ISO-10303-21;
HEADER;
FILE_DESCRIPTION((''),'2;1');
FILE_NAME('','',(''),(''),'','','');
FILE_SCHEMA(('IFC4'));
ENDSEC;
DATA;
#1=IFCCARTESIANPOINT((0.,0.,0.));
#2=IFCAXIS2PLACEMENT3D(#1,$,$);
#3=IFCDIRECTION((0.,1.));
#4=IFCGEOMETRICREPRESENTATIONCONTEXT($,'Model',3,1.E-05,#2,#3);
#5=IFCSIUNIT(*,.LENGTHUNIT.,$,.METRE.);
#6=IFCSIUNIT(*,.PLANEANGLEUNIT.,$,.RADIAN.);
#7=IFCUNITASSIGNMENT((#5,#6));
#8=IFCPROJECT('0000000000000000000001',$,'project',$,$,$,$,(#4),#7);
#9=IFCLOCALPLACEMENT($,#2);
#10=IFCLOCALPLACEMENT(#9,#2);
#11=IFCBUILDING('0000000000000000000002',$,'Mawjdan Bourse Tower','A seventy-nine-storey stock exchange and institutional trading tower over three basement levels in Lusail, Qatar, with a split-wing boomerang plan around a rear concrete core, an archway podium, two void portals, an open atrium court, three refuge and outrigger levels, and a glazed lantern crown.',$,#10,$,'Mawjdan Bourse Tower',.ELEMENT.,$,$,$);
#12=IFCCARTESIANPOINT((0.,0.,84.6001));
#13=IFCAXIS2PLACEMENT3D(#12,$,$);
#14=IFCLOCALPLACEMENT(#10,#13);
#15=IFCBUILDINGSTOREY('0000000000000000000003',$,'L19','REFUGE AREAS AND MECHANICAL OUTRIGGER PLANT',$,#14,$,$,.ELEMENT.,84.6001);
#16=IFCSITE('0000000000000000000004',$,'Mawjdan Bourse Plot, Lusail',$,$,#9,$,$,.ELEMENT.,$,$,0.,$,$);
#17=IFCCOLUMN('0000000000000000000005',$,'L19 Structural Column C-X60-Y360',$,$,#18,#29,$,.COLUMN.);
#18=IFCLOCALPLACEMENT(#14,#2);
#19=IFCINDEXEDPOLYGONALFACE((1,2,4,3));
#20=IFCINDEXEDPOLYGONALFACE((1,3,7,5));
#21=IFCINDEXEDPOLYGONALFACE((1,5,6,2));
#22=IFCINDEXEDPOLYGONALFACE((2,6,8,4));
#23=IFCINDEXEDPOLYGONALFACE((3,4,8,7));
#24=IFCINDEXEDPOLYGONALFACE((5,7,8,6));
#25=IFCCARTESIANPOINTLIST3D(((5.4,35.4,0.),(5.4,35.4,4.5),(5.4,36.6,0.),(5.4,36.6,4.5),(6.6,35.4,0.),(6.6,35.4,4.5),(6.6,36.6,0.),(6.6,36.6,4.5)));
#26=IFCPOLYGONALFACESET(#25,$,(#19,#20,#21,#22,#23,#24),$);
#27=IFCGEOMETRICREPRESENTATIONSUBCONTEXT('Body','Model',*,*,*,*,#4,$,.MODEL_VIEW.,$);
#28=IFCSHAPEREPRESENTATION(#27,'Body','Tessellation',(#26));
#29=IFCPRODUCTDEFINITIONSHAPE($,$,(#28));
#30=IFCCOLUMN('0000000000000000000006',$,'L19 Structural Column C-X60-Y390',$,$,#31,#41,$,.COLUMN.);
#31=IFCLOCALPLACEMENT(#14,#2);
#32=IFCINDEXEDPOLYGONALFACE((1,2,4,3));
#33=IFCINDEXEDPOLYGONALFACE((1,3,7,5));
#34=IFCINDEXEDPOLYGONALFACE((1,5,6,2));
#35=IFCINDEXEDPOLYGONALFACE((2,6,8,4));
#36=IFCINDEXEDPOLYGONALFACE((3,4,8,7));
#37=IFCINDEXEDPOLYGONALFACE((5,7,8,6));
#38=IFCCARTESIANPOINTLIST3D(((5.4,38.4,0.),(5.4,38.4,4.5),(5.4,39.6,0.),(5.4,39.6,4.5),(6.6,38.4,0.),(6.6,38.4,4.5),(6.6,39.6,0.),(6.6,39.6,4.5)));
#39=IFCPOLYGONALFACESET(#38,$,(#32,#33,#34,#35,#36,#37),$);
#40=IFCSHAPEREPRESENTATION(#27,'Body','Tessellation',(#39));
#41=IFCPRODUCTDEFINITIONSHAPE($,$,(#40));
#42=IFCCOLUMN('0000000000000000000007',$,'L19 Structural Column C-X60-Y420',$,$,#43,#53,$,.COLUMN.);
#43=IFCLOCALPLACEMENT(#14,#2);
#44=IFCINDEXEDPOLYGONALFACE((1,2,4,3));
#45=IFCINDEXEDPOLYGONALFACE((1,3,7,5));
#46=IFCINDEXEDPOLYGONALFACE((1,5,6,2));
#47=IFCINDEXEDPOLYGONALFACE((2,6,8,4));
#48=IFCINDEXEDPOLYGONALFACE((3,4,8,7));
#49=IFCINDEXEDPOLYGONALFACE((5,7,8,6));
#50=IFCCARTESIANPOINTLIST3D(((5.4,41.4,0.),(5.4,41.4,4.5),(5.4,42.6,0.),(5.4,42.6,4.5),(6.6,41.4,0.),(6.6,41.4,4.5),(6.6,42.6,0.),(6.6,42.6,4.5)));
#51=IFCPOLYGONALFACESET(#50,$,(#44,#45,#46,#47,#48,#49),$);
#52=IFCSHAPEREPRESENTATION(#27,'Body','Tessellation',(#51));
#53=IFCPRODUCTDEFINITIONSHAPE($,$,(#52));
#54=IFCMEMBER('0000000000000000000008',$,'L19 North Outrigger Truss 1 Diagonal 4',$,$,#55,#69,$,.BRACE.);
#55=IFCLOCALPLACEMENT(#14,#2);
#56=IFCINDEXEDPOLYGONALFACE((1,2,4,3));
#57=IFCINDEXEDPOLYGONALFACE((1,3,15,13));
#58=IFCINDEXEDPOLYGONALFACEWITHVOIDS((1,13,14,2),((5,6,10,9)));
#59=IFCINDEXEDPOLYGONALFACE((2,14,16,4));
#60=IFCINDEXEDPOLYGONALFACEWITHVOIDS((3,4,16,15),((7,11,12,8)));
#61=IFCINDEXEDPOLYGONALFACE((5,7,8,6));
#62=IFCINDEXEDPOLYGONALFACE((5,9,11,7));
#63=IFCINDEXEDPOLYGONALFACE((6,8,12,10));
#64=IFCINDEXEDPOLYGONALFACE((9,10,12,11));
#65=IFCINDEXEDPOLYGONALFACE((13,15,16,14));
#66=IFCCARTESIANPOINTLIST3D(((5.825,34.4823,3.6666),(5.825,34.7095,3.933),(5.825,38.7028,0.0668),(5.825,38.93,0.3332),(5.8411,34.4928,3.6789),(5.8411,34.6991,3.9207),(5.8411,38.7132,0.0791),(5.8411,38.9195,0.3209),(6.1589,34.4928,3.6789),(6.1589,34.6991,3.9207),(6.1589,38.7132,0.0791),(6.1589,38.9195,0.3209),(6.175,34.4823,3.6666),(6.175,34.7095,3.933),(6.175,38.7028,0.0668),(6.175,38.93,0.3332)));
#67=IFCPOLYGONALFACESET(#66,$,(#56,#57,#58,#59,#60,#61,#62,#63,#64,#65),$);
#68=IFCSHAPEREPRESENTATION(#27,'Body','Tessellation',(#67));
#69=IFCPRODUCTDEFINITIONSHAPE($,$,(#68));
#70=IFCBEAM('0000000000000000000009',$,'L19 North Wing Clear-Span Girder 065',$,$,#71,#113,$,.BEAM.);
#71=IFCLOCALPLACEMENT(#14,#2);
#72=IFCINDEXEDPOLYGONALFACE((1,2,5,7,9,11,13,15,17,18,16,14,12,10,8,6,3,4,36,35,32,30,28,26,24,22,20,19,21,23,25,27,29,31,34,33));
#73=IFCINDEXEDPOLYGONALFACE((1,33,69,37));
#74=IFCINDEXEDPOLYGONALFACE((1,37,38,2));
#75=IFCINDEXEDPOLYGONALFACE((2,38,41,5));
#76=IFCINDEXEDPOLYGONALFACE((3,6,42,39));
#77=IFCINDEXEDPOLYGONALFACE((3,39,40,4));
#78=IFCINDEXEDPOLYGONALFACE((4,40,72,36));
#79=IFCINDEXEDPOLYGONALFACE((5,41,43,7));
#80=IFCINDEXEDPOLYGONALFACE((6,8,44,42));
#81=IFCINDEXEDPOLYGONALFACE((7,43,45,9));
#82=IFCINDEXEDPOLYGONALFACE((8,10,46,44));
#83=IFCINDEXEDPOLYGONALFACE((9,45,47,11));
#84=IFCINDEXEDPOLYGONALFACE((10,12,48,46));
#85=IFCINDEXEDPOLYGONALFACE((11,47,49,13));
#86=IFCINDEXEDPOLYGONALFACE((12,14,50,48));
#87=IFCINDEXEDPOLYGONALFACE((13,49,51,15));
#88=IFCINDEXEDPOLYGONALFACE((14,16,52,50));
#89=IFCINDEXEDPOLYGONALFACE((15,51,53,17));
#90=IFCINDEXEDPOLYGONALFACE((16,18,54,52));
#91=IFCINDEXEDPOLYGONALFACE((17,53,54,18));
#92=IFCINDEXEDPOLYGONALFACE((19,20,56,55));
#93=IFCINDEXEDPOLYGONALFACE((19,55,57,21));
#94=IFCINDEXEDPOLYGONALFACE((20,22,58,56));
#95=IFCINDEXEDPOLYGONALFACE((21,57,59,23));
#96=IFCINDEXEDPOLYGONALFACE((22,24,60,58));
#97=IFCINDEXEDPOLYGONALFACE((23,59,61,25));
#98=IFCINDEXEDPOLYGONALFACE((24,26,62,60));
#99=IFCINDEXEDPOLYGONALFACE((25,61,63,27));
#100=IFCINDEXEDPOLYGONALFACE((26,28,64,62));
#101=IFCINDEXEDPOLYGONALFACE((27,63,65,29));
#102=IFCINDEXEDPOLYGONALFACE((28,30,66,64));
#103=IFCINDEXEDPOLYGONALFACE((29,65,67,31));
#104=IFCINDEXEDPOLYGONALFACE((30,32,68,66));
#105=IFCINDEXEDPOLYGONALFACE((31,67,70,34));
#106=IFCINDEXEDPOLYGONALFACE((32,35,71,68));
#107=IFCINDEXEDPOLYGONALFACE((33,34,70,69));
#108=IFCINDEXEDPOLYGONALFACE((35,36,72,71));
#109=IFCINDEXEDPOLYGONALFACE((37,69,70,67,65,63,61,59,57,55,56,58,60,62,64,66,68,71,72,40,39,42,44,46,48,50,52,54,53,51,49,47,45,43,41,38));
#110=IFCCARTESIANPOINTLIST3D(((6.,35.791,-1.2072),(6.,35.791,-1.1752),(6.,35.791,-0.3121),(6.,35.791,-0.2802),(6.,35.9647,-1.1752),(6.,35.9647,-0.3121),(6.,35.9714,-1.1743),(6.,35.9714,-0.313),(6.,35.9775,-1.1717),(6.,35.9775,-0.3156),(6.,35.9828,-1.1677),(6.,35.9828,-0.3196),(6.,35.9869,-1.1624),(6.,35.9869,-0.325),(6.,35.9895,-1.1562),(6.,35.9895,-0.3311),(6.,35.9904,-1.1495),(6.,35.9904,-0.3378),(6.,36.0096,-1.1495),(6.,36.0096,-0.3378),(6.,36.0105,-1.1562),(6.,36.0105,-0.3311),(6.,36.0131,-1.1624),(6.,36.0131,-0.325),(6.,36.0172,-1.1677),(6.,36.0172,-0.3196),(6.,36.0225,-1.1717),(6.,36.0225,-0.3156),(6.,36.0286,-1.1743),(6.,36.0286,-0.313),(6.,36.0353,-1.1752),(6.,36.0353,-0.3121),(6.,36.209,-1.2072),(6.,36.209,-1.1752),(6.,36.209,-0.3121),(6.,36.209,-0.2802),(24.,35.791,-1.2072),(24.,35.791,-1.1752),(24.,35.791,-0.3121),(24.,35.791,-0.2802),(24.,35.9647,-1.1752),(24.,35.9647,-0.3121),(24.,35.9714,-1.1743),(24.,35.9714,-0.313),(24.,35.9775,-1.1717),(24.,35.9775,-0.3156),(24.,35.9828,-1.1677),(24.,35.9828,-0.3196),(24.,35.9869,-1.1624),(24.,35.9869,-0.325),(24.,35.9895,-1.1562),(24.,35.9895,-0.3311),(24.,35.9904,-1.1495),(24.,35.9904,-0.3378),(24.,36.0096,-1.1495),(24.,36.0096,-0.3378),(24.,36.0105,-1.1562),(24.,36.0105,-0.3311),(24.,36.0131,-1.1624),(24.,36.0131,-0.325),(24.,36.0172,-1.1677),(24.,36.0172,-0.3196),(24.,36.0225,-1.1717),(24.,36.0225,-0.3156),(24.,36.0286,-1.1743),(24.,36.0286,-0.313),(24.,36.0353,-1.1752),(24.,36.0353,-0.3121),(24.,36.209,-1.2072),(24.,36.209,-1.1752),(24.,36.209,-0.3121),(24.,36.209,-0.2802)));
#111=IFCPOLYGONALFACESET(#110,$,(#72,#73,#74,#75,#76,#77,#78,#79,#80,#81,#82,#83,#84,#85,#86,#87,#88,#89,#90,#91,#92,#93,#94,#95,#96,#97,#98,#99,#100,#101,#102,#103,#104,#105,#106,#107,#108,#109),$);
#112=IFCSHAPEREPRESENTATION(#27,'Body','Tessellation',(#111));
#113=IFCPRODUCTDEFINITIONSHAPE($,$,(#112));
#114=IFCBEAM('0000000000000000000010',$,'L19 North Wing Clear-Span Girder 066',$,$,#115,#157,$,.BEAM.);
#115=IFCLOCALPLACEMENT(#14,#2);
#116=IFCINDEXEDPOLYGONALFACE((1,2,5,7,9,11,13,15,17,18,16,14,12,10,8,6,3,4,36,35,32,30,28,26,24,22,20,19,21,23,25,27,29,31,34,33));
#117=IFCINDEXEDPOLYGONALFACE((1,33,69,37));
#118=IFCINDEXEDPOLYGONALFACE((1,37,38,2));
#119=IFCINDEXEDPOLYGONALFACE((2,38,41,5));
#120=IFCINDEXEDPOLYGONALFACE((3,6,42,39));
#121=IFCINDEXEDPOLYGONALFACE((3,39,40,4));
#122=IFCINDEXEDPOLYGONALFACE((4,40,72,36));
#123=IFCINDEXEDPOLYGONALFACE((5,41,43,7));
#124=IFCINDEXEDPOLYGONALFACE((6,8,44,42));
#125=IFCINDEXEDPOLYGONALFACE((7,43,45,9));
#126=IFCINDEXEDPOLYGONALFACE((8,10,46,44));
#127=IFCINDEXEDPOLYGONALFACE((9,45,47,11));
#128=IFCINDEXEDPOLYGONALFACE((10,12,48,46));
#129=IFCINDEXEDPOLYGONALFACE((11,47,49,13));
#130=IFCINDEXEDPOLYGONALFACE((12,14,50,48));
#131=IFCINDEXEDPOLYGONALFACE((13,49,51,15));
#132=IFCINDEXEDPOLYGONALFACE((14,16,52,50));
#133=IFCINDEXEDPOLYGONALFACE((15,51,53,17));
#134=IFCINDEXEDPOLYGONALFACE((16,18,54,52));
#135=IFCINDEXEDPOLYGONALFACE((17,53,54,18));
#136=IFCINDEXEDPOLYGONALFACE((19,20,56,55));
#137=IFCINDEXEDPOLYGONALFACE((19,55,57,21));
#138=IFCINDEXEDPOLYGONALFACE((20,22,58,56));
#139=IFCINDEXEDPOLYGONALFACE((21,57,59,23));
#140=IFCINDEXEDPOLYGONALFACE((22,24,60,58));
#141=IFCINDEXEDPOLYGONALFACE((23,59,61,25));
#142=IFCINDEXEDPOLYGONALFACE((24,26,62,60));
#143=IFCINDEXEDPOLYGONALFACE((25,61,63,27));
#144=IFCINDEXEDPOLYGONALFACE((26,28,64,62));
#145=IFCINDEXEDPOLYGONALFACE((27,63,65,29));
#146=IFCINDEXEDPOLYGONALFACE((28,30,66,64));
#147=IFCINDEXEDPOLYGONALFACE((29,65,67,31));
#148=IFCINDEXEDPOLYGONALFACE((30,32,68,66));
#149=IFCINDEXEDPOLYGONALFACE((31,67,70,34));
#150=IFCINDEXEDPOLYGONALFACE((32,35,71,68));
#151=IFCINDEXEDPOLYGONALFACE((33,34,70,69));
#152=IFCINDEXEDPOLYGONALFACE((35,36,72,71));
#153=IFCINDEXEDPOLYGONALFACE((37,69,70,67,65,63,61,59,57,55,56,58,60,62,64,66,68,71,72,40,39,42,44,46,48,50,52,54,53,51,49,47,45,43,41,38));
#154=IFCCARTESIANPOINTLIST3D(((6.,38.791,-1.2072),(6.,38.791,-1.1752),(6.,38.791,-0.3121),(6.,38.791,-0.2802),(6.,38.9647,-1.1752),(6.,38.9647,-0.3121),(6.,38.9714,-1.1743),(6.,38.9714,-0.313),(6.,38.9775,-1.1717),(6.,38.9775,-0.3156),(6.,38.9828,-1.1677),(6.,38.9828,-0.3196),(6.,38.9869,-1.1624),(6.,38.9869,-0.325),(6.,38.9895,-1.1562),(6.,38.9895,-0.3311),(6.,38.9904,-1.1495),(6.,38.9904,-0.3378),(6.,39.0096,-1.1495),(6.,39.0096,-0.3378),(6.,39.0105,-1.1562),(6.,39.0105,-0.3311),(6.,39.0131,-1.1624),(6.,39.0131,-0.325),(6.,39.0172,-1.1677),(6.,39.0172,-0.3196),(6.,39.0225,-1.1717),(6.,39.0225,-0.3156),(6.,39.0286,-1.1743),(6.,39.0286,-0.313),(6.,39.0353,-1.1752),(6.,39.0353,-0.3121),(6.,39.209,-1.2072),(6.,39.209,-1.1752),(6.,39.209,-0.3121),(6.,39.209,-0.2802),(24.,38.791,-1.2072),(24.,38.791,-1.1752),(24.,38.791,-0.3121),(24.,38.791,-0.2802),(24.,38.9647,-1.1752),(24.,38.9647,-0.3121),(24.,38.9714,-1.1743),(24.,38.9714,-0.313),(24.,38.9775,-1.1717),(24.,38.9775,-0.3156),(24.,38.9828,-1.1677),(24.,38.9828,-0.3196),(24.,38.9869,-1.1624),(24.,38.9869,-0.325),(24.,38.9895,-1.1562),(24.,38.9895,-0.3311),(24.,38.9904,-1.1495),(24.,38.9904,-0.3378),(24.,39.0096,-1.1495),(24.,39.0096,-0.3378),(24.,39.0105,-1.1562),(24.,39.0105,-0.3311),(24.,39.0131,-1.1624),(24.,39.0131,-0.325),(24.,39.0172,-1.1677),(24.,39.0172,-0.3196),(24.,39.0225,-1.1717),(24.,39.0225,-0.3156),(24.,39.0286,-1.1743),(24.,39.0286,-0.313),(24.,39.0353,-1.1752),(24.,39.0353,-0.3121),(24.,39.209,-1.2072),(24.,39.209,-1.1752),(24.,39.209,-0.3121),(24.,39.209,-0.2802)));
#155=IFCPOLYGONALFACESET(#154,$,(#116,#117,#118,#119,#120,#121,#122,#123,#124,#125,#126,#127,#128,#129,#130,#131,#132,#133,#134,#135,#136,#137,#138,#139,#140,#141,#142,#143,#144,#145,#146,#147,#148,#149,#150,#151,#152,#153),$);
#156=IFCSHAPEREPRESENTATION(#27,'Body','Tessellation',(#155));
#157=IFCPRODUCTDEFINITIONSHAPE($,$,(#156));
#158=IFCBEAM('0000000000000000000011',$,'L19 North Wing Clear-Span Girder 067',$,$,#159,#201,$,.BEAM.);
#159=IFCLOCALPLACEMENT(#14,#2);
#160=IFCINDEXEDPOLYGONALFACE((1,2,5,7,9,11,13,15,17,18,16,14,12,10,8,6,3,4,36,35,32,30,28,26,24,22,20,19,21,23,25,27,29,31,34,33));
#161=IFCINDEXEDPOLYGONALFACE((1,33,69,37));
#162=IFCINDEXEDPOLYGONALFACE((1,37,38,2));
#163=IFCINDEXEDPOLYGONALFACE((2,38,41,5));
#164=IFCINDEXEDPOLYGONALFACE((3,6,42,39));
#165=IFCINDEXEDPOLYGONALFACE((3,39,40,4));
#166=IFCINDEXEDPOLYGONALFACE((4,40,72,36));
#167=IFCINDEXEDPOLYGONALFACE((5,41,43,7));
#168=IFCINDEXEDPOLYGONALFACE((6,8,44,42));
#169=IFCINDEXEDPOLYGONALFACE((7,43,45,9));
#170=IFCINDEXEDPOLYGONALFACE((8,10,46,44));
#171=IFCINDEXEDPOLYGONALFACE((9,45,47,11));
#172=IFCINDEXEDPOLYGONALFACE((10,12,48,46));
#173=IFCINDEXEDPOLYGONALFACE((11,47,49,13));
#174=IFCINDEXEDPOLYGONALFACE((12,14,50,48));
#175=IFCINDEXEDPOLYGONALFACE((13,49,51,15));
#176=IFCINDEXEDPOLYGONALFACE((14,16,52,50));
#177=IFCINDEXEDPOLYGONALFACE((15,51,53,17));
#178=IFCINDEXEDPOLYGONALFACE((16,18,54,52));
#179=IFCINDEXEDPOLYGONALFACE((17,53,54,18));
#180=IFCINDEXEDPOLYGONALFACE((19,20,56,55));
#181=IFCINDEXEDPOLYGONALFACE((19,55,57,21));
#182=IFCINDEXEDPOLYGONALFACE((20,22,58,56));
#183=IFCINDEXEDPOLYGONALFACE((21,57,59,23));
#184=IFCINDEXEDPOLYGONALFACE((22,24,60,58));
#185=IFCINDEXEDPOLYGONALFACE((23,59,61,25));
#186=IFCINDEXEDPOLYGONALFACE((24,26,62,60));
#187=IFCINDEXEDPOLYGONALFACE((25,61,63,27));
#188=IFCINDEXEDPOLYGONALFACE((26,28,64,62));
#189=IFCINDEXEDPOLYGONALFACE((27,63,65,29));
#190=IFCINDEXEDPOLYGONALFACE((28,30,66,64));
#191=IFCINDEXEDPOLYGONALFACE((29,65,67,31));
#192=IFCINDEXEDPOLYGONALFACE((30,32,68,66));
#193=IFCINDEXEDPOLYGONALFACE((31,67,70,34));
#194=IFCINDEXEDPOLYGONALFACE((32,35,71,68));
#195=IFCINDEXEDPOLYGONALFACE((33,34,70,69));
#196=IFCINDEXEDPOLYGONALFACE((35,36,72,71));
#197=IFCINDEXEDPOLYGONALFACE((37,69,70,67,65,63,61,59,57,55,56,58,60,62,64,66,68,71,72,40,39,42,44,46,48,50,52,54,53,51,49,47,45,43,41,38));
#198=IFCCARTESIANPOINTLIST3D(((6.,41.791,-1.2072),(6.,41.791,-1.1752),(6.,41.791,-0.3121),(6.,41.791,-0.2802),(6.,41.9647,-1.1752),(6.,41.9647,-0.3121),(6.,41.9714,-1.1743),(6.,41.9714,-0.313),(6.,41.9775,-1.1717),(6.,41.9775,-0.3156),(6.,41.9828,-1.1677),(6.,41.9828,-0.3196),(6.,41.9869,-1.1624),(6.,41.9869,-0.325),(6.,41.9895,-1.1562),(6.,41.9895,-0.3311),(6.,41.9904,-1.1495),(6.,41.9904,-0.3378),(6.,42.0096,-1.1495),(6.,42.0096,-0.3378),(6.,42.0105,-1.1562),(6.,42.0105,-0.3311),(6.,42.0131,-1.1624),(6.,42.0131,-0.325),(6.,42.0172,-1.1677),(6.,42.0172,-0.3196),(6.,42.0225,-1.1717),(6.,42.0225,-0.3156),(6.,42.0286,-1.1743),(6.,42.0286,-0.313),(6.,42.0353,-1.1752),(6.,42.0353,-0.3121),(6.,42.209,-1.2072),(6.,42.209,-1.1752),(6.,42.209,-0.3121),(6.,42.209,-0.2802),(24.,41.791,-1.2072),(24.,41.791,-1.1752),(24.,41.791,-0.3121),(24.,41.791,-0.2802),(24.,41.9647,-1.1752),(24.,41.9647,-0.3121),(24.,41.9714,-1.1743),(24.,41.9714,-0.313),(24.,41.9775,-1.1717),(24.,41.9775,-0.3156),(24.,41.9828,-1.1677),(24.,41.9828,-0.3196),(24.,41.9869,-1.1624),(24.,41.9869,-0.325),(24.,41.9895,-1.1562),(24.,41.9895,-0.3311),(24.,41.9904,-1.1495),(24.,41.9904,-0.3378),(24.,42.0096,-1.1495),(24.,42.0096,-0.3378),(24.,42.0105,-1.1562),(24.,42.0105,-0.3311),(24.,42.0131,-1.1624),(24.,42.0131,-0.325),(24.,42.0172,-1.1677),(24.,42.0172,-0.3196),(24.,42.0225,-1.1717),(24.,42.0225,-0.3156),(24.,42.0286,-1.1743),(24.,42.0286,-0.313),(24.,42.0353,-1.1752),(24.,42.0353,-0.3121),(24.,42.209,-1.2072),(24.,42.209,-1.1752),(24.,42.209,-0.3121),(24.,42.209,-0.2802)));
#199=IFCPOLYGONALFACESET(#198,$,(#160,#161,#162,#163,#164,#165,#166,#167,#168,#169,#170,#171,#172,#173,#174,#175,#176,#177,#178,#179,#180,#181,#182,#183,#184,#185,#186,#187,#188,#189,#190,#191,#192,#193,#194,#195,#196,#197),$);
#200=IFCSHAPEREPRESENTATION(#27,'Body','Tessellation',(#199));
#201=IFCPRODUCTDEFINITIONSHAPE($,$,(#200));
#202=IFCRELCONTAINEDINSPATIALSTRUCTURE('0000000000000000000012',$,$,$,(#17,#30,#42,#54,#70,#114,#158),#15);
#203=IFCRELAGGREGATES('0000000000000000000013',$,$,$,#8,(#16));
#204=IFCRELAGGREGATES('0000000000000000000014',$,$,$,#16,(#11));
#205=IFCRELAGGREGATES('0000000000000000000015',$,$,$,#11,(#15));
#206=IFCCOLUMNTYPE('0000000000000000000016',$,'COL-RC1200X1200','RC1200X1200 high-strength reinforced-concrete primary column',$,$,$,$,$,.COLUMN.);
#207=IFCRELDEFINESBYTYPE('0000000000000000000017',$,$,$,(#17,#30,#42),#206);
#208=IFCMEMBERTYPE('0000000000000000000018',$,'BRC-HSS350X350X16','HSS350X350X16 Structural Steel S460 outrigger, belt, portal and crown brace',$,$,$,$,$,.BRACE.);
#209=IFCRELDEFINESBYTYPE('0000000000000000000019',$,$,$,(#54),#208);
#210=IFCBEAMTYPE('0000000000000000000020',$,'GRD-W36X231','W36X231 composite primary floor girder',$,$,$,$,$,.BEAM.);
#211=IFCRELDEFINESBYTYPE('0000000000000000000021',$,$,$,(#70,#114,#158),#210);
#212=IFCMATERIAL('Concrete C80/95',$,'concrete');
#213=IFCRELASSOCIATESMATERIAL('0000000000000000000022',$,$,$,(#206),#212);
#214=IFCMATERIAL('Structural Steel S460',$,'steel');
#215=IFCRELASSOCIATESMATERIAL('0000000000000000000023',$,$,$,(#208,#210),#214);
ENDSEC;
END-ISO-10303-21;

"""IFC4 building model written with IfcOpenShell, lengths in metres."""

from ifc_helpers import new_model, si_unit, direction, frame, origin, origin_2d, place, context, subcontext, project, spatial, rectangle, hollow_rectangle, i_section, extrude, material, material_profile, profile_set, type_object, element, save


model = new_model("IFC4")

# Units and contexts
model_context = context("Model", 3, precision=1e-05, world=origin(), true_north=direction((0.0, 1.0)))
body_context = subcontext(model_context, "Body", "Model", "MODEL_VIEW")
ifc_project = project(units=[si_unit("LENGTHUNIT", "METRE"), si_unit("PLANEANGLEUNIT", "RADIAN")], contexts=[model_context])

# Site, building, storey
site_placement = place(None, origin())
site = spatial("IfcSite", under=ifc_project, at=site_placement, Name="Mawjdan Bourse Plot, Lusail", CompositionType="ELEMENT", RefElevation=0.0)
building_placement = place(site_placement, origin())
building = spatial("IfcBuilding", under=site, at=building_placement, Name="Mawjdan Bourse Tower", Description="A seventy-nine-storey stock exchange and institutional trading tower over three basement levels in Lusail, Qatar, with a split-wing boomerang plan around a rear concrete core, an archway podium, two void portals, an open atrium court, three refuge and outrigger levels, and a glazed lantern crown.", LongName="Mawjdan Bourse Tower", CompositionType="ELEMENT")
storey_placement = place(building_placement, frame((0.0, 0.0, 84.6001)))
storey = spatial("IfcBuildingStorey", under=building, at=storey_placement, Name="L19", Description="REFUGE AREAS AND MECHANICAL OUTRIGGER PLANT", CompositionType="ELEMENT", Elevation=84.6001)

# Columns
ifc_material_1 = material(Name="Concrete C80/95", Category="concrete")
ifc_material_profile_1 = material_profile(ifc_material_1, rectangle(XDim=1.2, YDim=1.2, at=origin_2d()), Name="RC1200X1200")
ifc_profile_set_1 = profile_set([ifc_material_profile_1], Name="Concrete C80/95")
column_type = type_object("IfcColumnType", Name="COL-RC1200X1200", Description="RC1200X1200 high-strength reinforced-concrete primary column", PredefinedType="COLUMN", material=ifc_profile_set_1)
for number, where, z_axis, x_axis, name in (
    (1, (6.0, 36.0, 0.0), (0.0, 0.0, 1.0), (1.0, 0.0, 0.0), "L19 Structural Column C-X60-Y360"),
    (2, (6.0, 39.0, 0.0), (0.0, 0.0, 1.0), (1.0, 0.0, 0.0), "L19 Structural Column C-X60-Y390"),
    (3, (6.0, 42.0, 0.0), (0.0, 0.0, 1.0), (1.0, 0.0, 0.0), "L19 Structural Column C-X60-Y420"),
):
    element("IfcColumn", number, at=place(storey_placement, frame(where, z_axis=z_axis, x_axis=x_axis)), inside=storey, type_object=column_type, Name=name, PredefinedType="COLUMN", context=body_context, shape_type="SweptSolid", body=[
        extrude(rectangle(XDim=1.2, YDim=1.2, at=origin_2d()), origin(), (0.0, 0.0, 1.0), 4.5),
    ])

# Member
ifc_material_2 = material(Name="Structural Steel S460", Category="steel")
ifc_material_profile_2 = material_profile(ifc_material_2, hollow_rectangle(XDim=0.3501, YDim=0.3501, WallThickness=0.0161, at=origin_2d()), Name="HSS350X350X16")
ifc_profile_set_2 = profile_set([ifc_material_profile_2], Name="Structural Steel S460")
member_type_1 = type_object("IfcMemberType", Name="BRC-HSS350X350X16", Description="HSS350X350X16 Structural Steel S460 outrigger, belt, portal and crown brace", PredefinedType="BRACE", material=ifc_profile_set_2)
member_1_placement = place(storey_placement, frame((6.0, 34.5959, 3.7998), z_axis=(0.0, 0.760829, -0.648952), x_axis=(-1.0, 0.0, 0.0)))
element("IfcMember", 4, at=member_1_placement, inside=storey, type_object=member_type_1, Name="L19 North Outrigger Truss 1 Diagonal 4", PredefinedType="BRACE", context=body_context, shape_type="SweptSolid", body=[
    extrude(hollow_rectangle(XDim=0.3501, YDim=0.3501, WallThickness=0.0161, at=origin_2d()), origin(), (0.0, 0.0, 1.0), 5.5471),
])

# Beams
ifc_material_profile_3 = material_profile(ifc_material_2, i_section(OverallWidth=0.418, OverallDepth=0.927, WebThickness=0.0193, FlangeThickness=0.032, FilletRadius=0.0256, at=origin_2d()), Name="W36X231")
ifc_profile_set_3 = profile_set([ifc_material_profile_3], Name="Structural Steel S460")
beam_type_1 = type_object("IfcBeamType", Name="GRD-W36X231", Description="W36X231 composite primary floor girder", PredefinedType="BEAM", material=ifc_profile_set_3)
for number, where, z_axis, x_axis, name in (
    (5, (6.0, 36.0, -0.7437), (1.0, 0.0, 0.0), (0.0, 1.0, 0.0), "L19 North Wing Clear-Span Girder 065"),
    (6, (6.0, 39.0, -0.7437), (1.0, 0.0, 0.0), (0.0, 1.0, 0.0), "L19 North Wing Clear-Span Girder 066"),
    (7, (6.0, 42.0, -0.7437), (1.0, 0.0, 0.0), (0.0, 1.0, 0.0), "L19 North Wing Clear-Span Girder 067"),
):
    element("IfcBeam", number, at=place(storey_placement, frame(where, z_axis=z_axis, x_axis=x_axis)), inside=storey, type_object=beam_type_1, Name=name, PredefinedType="BEAM", context=body_context, shape_type="SweptSolid", body=[
        extrude(i_section(OverallWidth=0.418, OverallDepth=0.927, WebThickness=0.0193, FlangeThickness=0.032, FilletRadius=0.0256, at=origin_2d()), origin(), (0.0, 0.0, 1.0), 18.0),
    ])

save(model, "model.ifc")
